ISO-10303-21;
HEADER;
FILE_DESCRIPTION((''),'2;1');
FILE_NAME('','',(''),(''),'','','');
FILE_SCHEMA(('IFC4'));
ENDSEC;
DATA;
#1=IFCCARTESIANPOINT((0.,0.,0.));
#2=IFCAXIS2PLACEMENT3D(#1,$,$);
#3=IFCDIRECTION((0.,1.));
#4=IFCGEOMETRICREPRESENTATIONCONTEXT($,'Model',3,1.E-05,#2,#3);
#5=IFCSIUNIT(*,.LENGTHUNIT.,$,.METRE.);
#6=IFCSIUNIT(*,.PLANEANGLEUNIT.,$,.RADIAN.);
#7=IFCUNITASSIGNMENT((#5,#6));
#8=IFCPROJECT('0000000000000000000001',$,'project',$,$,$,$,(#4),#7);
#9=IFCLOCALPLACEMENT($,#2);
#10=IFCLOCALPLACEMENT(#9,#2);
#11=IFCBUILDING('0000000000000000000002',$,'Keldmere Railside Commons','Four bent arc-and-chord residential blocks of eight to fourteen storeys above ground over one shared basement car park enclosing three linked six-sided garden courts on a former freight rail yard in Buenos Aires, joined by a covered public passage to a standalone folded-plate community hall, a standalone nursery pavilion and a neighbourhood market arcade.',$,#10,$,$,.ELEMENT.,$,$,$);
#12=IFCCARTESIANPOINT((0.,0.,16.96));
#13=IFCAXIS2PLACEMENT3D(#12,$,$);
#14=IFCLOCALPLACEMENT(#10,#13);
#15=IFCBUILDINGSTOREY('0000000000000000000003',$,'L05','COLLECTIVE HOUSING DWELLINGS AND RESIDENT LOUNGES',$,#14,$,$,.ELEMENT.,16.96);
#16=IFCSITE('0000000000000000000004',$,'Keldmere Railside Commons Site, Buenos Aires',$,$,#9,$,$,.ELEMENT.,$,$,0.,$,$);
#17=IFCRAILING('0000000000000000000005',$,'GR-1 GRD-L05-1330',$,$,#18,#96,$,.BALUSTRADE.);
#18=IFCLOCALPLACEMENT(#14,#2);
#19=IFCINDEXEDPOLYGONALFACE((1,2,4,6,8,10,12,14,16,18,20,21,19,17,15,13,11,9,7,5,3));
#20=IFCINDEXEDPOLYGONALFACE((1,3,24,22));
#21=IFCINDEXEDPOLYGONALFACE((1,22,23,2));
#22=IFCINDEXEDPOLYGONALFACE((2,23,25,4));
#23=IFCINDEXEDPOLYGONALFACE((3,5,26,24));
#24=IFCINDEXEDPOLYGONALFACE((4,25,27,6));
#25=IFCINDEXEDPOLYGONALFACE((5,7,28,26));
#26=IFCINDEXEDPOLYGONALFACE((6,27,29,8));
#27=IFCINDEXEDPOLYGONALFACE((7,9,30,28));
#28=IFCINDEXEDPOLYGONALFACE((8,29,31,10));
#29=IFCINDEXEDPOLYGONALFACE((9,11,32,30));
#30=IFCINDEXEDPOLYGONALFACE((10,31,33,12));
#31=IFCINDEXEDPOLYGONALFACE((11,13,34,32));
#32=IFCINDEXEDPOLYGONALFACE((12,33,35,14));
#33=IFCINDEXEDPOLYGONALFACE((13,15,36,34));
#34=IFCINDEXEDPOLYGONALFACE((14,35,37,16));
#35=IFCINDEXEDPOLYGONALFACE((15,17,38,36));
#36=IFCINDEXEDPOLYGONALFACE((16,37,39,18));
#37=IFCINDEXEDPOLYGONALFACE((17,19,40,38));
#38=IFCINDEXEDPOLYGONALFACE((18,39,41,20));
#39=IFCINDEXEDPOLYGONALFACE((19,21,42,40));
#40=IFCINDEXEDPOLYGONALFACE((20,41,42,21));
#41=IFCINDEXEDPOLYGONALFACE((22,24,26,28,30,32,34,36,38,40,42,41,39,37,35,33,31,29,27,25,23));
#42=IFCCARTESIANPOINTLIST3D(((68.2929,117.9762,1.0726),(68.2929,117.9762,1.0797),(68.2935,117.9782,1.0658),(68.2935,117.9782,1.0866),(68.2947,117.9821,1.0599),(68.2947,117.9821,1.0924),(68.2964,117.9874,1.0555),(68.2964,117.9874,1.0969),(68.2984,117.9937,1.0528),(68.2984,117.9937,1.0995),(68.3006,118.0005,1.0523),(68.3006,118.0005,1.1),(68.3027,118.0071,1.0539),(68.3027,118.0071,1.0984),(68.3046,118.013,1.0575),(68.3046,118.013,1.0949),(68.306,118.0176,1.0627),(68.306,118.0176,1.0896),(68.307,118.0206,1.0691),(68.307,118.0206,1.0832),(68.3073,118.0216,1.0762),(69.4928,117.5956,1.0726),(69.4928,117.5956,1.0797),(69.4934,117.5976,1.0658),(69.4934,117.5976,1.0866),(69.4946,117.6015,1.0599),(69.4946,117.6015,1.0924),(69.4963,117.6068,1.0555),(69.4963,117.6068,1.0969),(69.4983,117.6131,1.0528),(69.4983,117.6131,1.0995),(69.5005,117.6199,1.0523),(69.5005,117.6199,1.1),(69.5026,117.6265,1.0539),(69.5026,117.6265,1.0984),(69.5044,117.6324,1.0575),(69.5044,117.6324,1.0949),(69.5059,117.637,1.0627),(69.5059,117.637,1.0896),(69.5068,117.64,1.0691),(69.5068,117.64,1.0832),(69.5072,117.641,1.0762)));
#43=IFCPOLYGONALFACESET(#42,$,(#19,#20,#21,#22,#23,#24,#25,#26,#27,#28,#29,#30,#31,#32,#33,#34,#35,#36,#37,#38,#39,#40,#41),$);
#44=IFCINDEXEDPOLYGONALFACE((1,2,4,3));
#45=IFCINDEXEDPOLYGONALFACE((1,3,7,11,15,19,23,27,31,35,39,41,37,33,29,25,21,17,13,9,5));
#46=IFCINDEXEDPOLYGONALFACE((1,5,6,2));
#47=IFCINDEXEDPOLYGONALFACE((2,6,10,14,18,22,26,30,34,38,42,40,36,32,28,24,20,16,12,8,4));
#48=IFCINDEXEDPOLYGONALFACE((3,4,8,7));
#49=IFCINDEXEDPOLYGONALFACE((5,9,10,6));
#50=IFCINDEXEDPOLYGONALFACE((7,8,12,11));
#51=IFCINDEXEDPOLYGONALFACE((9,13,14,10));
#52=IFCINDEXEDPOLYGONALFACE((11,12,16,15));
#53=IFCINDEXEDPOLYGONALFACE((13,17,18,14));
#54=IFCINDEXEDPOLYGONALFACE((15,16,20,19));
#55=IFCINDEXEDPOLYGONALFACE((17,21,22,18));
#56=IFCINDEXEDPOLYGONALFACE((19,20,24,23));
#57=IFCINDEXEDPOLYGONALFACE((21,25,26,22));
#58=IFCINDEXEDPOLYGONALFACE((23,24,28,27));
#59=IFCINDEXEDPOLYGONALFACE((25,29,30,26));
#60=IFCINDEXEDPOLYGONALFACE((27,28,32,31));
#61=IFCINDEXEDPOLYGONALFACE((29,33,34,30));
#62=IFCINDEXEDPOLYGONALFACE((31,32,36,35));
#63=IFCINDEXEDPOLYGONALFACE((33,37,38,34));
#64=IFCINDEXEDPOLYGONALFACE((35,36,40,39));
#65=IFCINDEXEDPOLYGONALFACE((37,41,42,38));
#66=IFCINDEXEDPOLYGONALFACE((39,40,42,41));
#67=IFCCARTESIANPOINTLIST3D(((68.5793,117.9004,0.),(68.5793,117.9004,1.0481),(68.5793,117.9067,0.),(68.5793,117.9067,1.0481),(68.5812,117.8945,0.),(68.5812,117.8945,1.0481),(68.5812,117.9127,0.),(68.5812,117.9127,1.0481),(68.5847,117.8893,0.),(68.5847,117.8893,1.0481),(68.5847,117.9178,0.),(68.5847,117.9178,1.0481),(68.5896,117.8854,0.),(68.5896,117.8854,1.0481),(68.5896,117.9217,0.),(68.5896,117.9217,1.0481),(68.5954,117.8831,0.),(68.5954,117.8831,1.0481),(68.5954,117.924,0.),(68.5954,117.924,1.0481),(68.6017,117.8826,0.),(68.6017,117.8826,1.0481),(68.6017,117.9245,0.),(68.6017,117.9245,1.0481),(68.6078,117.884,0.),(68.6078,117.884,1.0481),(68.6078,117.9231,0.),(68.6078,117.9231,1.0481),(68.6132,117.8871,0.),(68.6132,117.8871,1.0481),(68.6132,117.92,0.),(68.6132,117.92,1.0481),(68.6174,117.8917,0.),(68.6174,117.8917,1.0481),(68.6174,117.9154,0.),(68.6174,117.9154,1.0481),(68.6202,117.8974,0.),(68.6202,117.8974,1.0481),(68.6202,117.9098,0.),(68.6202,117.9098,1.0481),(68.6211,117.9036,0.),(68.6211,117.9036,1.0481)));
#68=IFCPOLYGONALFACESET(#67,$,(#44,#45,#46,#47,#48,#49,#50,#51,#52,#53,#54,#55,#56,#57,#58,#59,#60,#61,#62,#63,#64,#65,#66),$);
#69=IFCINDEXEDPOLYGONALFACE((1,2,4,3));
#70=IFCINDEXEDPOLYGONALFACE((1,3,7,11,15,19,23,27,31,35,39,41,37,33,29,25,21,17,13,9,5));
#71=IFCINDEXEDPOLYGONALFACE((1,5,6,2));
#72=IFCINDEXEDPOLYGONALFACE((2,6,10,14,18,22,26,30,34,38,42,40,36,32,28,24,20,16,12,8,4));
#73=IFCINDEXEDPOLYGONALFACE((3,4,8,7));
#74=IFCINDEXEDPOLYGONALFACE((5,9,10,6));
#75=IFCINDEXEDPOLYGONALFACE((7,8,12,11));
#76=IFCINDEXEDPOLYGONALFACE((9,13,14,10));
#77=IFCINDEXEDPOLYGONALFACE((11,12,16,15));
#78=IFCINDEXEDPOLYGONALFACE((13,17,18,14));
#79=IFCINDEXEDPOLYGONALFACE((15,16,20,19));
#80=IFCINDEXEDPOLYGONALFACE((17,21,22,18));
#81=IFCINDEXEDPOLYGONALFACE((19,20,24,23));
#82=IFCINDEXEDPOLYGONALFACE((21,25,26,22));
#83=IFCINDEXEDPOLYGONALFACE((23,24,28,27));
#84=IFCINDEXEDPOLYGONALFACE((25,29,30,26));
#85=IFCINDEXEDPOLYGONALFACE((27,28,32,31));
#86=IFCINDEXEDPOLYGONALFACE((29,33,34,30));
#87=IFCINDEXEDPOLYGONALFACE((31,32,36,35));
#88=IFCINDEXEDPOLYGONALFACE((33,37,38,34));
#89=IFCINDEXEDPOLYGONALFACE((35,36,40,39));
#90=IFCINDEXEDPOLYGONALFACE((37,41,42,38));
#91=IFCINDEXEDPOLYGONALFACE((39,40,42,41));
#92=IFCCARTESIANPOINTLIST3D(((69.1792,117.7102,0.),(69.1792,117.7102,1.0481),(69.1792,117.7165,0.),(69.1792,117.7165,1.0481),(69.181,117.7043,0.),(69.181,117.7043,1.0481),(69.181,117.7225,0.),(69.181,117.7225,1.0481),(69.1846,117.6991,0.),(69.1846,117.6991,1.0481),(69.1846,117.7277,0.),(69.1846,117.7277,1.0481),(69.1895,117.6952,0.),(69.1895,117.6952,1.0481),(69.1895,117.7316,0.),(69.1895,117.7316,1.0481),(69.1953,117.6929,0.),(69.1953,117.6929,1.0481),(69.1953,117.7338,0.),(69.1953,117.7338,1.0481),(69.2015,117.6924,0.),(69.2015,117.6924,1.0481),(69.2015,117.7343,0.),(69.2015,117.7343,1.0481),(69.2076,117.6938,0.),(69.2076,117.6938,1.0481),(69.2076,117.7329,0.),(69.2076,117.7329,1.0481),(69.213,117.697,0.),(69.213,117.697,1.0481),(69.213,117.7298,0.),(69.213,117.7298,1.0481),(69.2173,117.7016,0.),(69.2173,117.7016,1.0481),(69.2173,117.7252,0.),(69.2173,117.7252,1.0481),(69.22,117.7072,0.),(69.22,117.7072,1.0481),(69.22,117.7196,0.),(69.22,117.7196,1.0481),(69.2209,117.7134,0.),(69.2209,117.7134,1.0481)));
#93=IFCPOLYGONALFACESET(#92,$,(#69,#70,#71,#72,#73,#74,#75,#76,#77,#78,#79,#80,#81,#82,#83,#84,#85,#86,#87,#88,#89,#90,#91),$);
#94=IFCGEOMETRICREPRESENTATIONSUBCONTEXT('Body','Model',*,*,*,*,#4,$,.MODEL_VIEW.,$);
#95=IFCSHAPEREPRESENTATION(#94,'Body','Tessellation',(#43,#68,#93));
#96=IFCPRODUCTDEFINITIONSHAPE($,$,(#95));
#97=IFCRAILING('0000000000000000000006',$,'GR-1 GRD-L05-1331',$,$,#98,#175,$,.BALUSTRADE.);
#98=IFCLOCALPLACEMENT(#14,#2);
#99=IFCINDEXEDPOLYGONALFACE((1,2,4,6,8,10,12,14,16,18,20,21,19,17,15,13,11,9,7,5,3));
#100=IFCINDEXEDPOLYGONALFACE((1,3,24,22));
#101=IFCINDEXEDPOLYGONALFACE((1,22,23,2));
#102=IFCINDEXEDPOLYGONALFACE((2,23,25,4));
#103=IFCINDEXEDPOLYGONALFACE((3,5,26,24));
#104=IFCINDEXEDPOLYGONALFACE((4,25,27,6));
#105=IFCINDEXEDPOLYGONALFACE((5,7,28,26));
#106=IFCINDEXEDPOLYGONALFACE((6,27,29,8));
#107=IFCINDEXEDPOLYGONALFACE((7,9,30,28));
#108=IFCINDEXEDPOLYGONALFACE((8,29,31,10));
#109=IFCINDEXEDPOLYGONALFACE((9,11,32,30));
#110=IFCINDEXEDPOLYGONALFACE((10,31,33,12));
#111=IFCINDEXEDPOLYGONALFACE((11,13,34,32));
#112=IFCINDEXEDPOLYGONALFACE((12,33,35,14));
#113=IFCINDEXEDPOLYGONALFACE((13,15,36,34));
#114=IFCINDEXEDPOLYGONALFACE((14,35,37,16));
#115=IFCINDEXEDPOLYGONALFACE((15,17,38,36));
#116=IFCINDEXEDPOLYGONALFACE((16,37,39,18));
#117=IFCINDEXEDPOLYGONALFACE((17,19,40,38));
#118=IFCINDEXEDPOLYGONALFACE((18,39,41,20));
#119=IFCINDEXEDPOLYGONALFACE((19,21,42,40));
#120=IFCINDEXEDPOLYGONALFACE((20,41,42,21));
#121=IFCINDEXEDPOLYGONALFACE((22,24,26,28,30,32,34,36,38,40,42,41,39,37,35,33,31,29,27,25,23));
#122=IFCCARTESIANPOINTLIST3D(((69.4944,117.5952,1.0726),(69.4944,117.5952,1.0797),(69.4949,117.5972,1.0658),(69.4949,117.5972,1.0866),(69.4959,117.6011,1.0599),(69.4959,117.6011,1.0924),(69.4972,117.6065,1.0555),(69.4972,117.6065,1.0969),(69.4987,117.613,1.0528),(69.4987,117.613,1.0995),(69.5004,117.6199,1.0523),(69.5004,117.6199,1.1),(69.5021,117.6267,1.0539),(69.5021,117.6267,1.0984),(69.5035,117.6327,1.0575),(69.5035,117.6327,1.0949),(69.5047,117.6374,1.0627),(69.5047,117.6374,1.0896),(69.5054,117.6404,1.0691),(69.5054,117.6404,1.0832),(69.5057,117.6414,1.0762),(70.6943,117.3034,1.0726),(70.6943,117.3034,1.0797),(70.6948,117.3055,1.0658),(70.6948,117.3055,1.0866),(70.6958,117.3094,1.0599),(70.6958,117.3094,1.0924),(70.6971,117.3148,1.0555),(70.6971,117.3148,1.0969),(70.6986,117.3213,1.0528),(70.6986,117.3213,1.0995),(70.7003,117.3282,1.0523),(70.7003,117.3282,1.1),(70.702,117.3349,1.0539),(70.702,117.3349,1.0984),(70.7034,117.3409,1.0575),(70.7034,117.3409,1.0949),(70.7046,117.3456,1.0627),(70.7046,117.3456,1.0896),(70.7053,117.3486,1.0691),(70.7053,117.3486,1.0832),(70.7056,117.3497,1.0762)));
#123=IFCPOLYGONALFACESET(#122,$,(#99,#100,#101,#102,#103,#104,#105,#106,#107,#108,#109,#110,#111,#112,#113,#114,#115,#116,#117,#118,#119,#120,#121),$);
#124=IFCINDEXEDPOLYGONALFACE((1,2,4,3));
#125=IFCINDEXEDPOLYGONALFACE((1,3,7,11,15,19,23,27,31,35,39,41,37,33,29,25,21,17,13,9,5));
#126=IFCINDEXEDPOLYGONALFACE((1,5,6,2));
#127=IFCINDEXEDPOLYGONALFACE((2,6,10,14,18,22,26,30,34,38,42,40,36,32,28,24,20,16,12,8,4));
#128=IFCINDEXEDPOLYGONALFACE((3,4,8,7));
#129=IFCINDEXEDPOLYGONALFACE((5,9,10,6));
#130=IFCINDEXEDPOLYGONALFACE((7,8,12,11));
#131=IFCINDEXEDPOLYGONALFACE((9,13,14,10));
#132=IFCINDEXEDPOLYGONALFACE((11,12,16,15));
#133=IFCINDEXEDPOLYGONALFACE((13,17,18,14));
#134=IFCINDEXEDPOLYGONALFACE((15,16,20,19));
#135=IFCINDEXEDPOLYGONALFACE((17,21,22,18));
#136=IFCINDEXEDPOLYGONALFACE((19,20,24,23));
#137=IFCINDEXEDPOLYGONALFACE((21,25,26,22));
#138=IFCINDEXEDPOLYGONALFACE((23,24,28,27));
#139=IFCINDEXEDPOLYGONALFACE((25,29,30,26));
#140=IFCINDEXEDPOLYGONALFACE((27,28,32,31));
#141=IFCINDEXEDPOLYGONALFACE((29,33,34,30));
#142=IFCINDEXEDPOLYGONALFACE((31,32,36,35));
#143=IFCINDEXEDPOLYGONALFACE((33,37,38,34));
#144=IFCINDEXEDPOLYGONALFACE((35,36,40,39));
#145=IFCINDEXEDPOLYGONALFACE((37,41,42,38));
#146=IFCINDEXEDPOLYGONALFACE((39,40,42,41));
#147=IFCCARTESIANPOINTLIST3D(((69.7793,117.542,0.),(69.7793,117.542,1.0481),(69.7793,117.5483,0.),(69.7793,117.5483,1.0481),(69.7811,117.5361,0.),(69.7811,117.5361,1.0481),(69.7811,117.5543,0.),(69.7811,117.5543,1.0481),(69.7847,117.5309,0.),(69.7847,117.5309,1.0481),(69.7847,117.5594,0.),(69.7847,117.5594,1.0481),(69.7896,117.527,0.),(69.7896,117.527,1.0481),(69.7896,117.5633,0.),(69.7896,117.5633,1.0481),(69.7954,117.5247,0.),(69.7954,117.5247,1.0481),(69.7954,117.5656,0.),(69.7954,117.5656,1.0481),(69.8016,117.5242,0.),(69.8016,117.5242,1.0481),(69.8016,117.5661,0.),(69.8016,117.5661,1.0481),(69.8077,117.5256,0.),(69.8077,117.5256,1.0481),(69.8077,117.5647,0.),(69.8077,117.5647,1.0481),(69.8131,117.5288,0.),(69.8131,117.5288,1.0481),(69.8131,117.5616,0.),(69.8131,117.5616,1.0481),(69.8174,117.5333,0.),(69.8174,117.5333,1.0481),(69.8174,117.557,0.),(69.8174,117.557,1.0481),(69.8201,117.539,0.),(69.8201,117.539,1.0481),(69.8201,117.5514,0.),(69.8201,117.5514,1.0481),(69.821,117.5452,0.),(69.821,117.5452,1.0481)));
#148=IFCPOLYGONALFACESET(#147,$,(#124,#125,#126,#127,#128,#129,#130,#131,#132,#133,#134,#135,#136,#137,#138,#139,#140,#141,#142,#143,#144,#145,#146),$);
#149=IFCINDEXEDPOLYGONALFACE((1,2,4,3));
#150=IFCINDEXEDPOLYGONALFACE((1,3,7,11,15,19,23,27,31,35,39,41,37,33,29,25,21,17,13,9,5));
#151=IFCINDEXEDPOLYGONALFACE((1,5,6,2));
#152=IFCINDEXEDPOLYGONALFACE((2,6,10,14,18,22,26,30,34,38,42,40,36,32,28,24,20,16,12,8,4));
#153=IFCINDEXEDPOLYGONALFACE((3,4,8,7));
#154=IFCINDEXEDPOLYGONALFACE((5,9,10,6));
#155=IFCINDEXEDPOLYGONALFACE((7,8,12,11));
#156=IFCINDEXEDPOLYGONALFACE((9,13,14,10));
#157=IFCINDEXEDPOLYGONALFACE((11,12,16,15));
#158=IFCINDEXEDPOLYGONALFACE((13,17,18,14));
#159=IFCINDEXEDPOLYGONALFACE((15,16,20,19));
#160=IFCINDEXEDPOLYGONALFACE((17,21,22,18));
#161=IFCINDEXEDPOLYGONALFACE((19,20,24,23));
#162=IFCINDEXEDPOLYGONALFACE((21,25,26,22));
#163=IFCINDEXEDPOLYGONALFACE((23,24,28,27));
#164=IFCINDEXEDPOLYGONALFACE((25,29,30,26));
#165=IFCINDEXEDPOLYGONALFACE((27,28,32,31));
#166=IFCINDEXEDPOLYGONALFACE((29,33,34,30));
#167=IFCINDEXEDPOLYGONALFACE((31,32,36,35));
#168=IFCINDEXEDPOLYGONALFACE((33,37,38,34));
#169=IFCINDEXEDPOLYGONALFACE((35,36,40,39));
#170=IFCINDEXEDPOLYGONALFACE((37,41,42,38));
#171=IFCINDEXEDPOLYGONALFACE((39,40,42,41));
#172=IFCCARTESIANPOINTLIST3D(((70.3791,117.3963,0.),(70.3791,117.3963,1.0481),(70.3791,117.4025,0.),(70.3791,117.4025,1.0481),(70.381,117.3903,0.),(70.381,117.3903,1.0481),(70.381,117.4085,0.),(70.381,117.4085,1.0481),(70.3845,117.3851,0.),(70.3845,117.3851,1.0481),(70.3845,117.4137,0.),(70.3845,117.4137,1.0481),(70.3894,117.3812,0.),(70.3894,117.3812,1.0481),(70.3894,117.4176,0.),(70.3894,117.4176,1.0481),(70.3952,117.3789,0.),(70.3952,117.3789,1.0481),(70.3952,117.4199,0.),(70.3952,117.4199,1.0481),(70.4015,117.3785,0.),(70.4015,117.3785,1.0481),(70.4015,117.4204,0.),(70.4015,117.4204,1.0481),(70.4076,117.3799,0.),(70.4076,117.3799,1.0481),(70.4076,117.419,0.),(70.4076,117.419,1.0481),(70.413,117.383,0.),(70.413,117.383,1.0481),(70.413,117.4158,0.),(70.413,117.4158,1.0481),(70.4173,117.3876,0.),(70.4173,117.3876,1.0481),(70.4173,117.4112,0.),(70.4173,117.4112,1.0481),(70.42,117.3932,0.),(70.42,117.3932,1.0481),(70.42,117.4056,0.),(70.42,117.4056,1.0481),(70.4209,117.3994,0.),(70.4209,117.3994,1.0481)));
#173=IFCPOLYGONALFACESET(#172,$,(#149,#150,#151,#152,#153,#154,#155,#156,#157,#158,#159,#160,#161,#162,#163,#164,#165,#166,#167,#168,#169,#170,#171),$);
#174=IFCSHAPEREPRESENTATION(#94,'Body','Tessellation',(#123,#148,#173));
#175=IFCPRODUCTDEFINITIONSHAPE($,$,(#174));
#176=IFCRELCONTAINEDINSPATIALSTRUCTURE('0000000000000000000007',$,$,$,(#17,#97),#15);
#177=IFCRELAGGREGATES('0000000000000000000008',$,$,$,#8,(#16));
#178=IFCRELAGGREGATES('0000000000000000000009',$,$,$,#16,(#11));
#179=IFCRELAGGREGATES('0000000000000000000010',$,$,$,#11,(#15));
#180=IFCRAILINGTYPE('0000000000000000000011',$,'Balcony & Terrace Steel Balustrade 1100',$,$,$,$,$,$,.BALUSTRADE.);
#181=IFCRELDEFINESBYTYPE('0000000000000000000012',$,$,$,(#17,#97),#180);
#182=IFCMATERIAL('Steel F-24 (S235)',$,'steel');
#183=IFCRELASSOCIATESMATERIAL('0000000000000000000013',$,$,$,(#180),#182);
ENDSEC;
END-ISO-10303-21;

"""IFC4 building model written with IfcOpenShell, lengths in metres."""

from ifc_helpers import new_model, si_unit, direction, frame, origin, origin_2d, place, context, subcontext, project, spatial, circle, extrude, material, type_object, element, save


model = new_model("IFC4")

# Units and contexts
model_context = context("Model", 3, precision=1e-05, world=origin(), true_north=direction((0.0, 1.0)))
body_context = subcontext(model_context, "Body", "Model", "MODEL_VIEW")
ifc_project = project(units=[si_unit("LENGTHUNIT", "METRE"), si_unit("PLANEANGLEUNIT", "RADIAN")], contexts=[model_context])

# Site, building, storey
site_placement = place(None, origin())
site = spatial("IfcSite", under=ifc_project, at=site_placement, Name="Keldmere Railside Commons Site, Buenos Aires", CompositionType="ELEMENT", RefElevation=0.0)
building_placement = place(site_placement, origin())
building = spatial("IfcBuilding", under=site, at=building_placement, Name="Keldmere Railside Commons", Description="Four bent arc-and-chord residential blocks of eight to fourteen storeys above ground over one shared basement car park enclosing three linked six-sided garden courts on a former freight rail yard in Buenos Aires, joined by a covered public passage to a standalone folded-plate community hall, a standalone nursery pavilion and a neighbourhood market arcade.", CompositionType="ELEMENT")
storey_placement = place(building_placement, frame((0.0, 0.0, 16.96)))
storey = spatial("IfcBuildingStorey", under=building, at=storey_placement, Name="L05", Description="COLLECTIVE HOUSING DWELLINGS AND RESIDENT LOUNGES", CompositionType="ELEMENT", Elevation=16.96)

# Railings
ifc_material_1 = material(Name="Steel F-24 (S235)", Category="steel")
railing_type_1 = type_object("IfcRailingType", Name="Balcony & Terrace Steel Balustrade 1100", PredefinedType="BALUSTRADE", material=ifc_material_1)
railing_1_placement = place(storey_placement, frame((68.3, 117.9988, 0.0)))
element("IfcRailing", 1, at=railing_1_placement, inside=storey, type_object=railing_type_1, Name="GR-1 GRD-L05-1330", PredefinedType="BALUSTRADE", context=body_context, shape_type="SweptSolid", body=[
    extrude(circle(Radius=0.0239, at=origin_2d()), frame((0.0, 0.0, 1.0762), z_axis=(0.953198, -0.302347, 0.0), x_axis=(0.302347, 0.953198, 0.0)), (0.0, 0.0, 1.0), 1.2588),
    extrude(circle(Radius=0.021, at=origin_2d()), frame((0.3, -0.0952, 0.0)), (0.0, 0.0, 1.0), 1.0481),
    extrude(circle(Radius=0.021, at=origin_2d()), frame((0.8999, -0.2854, 0.0)), (0.0, 0.0, 1.0), 1.0481),
])
railing_2_placement = place(storey_placement, frame((69.5, 117.6182, 0.0)))
element("IfcRailing", 2, at=railing_2_placement, inside=storey, type_object=railing_type_1, Name="GR-1 GRD-L05-1331", PredefinedType="BALUSTRADE", context=body_context, shape_type="SweptSolid", body=[
    extrude(circle(Radius=0.0239, at=origin_2d()), frame((0.0, 0.0, 1.0762), z_axis=(0.971692, -0.236251, 0.0), x_axis=(0.236251, 0.971692, 0.0)), (0.0, 0.0, 1.0), 1.2349),
    extrude(circle(Radius=0.021, at=origin_2d()), frame((0.3, -0.073, 0.0)), (0.0, 0.0, 1.0), 1.0481),
    extrude(circle(Radius=0.021, at=origin_2d()), frame((0.8999, -0.2188, 0.0)), (0.0, 0.0, 1.0), 1.0481),
])

save(model, "model.ifc")
